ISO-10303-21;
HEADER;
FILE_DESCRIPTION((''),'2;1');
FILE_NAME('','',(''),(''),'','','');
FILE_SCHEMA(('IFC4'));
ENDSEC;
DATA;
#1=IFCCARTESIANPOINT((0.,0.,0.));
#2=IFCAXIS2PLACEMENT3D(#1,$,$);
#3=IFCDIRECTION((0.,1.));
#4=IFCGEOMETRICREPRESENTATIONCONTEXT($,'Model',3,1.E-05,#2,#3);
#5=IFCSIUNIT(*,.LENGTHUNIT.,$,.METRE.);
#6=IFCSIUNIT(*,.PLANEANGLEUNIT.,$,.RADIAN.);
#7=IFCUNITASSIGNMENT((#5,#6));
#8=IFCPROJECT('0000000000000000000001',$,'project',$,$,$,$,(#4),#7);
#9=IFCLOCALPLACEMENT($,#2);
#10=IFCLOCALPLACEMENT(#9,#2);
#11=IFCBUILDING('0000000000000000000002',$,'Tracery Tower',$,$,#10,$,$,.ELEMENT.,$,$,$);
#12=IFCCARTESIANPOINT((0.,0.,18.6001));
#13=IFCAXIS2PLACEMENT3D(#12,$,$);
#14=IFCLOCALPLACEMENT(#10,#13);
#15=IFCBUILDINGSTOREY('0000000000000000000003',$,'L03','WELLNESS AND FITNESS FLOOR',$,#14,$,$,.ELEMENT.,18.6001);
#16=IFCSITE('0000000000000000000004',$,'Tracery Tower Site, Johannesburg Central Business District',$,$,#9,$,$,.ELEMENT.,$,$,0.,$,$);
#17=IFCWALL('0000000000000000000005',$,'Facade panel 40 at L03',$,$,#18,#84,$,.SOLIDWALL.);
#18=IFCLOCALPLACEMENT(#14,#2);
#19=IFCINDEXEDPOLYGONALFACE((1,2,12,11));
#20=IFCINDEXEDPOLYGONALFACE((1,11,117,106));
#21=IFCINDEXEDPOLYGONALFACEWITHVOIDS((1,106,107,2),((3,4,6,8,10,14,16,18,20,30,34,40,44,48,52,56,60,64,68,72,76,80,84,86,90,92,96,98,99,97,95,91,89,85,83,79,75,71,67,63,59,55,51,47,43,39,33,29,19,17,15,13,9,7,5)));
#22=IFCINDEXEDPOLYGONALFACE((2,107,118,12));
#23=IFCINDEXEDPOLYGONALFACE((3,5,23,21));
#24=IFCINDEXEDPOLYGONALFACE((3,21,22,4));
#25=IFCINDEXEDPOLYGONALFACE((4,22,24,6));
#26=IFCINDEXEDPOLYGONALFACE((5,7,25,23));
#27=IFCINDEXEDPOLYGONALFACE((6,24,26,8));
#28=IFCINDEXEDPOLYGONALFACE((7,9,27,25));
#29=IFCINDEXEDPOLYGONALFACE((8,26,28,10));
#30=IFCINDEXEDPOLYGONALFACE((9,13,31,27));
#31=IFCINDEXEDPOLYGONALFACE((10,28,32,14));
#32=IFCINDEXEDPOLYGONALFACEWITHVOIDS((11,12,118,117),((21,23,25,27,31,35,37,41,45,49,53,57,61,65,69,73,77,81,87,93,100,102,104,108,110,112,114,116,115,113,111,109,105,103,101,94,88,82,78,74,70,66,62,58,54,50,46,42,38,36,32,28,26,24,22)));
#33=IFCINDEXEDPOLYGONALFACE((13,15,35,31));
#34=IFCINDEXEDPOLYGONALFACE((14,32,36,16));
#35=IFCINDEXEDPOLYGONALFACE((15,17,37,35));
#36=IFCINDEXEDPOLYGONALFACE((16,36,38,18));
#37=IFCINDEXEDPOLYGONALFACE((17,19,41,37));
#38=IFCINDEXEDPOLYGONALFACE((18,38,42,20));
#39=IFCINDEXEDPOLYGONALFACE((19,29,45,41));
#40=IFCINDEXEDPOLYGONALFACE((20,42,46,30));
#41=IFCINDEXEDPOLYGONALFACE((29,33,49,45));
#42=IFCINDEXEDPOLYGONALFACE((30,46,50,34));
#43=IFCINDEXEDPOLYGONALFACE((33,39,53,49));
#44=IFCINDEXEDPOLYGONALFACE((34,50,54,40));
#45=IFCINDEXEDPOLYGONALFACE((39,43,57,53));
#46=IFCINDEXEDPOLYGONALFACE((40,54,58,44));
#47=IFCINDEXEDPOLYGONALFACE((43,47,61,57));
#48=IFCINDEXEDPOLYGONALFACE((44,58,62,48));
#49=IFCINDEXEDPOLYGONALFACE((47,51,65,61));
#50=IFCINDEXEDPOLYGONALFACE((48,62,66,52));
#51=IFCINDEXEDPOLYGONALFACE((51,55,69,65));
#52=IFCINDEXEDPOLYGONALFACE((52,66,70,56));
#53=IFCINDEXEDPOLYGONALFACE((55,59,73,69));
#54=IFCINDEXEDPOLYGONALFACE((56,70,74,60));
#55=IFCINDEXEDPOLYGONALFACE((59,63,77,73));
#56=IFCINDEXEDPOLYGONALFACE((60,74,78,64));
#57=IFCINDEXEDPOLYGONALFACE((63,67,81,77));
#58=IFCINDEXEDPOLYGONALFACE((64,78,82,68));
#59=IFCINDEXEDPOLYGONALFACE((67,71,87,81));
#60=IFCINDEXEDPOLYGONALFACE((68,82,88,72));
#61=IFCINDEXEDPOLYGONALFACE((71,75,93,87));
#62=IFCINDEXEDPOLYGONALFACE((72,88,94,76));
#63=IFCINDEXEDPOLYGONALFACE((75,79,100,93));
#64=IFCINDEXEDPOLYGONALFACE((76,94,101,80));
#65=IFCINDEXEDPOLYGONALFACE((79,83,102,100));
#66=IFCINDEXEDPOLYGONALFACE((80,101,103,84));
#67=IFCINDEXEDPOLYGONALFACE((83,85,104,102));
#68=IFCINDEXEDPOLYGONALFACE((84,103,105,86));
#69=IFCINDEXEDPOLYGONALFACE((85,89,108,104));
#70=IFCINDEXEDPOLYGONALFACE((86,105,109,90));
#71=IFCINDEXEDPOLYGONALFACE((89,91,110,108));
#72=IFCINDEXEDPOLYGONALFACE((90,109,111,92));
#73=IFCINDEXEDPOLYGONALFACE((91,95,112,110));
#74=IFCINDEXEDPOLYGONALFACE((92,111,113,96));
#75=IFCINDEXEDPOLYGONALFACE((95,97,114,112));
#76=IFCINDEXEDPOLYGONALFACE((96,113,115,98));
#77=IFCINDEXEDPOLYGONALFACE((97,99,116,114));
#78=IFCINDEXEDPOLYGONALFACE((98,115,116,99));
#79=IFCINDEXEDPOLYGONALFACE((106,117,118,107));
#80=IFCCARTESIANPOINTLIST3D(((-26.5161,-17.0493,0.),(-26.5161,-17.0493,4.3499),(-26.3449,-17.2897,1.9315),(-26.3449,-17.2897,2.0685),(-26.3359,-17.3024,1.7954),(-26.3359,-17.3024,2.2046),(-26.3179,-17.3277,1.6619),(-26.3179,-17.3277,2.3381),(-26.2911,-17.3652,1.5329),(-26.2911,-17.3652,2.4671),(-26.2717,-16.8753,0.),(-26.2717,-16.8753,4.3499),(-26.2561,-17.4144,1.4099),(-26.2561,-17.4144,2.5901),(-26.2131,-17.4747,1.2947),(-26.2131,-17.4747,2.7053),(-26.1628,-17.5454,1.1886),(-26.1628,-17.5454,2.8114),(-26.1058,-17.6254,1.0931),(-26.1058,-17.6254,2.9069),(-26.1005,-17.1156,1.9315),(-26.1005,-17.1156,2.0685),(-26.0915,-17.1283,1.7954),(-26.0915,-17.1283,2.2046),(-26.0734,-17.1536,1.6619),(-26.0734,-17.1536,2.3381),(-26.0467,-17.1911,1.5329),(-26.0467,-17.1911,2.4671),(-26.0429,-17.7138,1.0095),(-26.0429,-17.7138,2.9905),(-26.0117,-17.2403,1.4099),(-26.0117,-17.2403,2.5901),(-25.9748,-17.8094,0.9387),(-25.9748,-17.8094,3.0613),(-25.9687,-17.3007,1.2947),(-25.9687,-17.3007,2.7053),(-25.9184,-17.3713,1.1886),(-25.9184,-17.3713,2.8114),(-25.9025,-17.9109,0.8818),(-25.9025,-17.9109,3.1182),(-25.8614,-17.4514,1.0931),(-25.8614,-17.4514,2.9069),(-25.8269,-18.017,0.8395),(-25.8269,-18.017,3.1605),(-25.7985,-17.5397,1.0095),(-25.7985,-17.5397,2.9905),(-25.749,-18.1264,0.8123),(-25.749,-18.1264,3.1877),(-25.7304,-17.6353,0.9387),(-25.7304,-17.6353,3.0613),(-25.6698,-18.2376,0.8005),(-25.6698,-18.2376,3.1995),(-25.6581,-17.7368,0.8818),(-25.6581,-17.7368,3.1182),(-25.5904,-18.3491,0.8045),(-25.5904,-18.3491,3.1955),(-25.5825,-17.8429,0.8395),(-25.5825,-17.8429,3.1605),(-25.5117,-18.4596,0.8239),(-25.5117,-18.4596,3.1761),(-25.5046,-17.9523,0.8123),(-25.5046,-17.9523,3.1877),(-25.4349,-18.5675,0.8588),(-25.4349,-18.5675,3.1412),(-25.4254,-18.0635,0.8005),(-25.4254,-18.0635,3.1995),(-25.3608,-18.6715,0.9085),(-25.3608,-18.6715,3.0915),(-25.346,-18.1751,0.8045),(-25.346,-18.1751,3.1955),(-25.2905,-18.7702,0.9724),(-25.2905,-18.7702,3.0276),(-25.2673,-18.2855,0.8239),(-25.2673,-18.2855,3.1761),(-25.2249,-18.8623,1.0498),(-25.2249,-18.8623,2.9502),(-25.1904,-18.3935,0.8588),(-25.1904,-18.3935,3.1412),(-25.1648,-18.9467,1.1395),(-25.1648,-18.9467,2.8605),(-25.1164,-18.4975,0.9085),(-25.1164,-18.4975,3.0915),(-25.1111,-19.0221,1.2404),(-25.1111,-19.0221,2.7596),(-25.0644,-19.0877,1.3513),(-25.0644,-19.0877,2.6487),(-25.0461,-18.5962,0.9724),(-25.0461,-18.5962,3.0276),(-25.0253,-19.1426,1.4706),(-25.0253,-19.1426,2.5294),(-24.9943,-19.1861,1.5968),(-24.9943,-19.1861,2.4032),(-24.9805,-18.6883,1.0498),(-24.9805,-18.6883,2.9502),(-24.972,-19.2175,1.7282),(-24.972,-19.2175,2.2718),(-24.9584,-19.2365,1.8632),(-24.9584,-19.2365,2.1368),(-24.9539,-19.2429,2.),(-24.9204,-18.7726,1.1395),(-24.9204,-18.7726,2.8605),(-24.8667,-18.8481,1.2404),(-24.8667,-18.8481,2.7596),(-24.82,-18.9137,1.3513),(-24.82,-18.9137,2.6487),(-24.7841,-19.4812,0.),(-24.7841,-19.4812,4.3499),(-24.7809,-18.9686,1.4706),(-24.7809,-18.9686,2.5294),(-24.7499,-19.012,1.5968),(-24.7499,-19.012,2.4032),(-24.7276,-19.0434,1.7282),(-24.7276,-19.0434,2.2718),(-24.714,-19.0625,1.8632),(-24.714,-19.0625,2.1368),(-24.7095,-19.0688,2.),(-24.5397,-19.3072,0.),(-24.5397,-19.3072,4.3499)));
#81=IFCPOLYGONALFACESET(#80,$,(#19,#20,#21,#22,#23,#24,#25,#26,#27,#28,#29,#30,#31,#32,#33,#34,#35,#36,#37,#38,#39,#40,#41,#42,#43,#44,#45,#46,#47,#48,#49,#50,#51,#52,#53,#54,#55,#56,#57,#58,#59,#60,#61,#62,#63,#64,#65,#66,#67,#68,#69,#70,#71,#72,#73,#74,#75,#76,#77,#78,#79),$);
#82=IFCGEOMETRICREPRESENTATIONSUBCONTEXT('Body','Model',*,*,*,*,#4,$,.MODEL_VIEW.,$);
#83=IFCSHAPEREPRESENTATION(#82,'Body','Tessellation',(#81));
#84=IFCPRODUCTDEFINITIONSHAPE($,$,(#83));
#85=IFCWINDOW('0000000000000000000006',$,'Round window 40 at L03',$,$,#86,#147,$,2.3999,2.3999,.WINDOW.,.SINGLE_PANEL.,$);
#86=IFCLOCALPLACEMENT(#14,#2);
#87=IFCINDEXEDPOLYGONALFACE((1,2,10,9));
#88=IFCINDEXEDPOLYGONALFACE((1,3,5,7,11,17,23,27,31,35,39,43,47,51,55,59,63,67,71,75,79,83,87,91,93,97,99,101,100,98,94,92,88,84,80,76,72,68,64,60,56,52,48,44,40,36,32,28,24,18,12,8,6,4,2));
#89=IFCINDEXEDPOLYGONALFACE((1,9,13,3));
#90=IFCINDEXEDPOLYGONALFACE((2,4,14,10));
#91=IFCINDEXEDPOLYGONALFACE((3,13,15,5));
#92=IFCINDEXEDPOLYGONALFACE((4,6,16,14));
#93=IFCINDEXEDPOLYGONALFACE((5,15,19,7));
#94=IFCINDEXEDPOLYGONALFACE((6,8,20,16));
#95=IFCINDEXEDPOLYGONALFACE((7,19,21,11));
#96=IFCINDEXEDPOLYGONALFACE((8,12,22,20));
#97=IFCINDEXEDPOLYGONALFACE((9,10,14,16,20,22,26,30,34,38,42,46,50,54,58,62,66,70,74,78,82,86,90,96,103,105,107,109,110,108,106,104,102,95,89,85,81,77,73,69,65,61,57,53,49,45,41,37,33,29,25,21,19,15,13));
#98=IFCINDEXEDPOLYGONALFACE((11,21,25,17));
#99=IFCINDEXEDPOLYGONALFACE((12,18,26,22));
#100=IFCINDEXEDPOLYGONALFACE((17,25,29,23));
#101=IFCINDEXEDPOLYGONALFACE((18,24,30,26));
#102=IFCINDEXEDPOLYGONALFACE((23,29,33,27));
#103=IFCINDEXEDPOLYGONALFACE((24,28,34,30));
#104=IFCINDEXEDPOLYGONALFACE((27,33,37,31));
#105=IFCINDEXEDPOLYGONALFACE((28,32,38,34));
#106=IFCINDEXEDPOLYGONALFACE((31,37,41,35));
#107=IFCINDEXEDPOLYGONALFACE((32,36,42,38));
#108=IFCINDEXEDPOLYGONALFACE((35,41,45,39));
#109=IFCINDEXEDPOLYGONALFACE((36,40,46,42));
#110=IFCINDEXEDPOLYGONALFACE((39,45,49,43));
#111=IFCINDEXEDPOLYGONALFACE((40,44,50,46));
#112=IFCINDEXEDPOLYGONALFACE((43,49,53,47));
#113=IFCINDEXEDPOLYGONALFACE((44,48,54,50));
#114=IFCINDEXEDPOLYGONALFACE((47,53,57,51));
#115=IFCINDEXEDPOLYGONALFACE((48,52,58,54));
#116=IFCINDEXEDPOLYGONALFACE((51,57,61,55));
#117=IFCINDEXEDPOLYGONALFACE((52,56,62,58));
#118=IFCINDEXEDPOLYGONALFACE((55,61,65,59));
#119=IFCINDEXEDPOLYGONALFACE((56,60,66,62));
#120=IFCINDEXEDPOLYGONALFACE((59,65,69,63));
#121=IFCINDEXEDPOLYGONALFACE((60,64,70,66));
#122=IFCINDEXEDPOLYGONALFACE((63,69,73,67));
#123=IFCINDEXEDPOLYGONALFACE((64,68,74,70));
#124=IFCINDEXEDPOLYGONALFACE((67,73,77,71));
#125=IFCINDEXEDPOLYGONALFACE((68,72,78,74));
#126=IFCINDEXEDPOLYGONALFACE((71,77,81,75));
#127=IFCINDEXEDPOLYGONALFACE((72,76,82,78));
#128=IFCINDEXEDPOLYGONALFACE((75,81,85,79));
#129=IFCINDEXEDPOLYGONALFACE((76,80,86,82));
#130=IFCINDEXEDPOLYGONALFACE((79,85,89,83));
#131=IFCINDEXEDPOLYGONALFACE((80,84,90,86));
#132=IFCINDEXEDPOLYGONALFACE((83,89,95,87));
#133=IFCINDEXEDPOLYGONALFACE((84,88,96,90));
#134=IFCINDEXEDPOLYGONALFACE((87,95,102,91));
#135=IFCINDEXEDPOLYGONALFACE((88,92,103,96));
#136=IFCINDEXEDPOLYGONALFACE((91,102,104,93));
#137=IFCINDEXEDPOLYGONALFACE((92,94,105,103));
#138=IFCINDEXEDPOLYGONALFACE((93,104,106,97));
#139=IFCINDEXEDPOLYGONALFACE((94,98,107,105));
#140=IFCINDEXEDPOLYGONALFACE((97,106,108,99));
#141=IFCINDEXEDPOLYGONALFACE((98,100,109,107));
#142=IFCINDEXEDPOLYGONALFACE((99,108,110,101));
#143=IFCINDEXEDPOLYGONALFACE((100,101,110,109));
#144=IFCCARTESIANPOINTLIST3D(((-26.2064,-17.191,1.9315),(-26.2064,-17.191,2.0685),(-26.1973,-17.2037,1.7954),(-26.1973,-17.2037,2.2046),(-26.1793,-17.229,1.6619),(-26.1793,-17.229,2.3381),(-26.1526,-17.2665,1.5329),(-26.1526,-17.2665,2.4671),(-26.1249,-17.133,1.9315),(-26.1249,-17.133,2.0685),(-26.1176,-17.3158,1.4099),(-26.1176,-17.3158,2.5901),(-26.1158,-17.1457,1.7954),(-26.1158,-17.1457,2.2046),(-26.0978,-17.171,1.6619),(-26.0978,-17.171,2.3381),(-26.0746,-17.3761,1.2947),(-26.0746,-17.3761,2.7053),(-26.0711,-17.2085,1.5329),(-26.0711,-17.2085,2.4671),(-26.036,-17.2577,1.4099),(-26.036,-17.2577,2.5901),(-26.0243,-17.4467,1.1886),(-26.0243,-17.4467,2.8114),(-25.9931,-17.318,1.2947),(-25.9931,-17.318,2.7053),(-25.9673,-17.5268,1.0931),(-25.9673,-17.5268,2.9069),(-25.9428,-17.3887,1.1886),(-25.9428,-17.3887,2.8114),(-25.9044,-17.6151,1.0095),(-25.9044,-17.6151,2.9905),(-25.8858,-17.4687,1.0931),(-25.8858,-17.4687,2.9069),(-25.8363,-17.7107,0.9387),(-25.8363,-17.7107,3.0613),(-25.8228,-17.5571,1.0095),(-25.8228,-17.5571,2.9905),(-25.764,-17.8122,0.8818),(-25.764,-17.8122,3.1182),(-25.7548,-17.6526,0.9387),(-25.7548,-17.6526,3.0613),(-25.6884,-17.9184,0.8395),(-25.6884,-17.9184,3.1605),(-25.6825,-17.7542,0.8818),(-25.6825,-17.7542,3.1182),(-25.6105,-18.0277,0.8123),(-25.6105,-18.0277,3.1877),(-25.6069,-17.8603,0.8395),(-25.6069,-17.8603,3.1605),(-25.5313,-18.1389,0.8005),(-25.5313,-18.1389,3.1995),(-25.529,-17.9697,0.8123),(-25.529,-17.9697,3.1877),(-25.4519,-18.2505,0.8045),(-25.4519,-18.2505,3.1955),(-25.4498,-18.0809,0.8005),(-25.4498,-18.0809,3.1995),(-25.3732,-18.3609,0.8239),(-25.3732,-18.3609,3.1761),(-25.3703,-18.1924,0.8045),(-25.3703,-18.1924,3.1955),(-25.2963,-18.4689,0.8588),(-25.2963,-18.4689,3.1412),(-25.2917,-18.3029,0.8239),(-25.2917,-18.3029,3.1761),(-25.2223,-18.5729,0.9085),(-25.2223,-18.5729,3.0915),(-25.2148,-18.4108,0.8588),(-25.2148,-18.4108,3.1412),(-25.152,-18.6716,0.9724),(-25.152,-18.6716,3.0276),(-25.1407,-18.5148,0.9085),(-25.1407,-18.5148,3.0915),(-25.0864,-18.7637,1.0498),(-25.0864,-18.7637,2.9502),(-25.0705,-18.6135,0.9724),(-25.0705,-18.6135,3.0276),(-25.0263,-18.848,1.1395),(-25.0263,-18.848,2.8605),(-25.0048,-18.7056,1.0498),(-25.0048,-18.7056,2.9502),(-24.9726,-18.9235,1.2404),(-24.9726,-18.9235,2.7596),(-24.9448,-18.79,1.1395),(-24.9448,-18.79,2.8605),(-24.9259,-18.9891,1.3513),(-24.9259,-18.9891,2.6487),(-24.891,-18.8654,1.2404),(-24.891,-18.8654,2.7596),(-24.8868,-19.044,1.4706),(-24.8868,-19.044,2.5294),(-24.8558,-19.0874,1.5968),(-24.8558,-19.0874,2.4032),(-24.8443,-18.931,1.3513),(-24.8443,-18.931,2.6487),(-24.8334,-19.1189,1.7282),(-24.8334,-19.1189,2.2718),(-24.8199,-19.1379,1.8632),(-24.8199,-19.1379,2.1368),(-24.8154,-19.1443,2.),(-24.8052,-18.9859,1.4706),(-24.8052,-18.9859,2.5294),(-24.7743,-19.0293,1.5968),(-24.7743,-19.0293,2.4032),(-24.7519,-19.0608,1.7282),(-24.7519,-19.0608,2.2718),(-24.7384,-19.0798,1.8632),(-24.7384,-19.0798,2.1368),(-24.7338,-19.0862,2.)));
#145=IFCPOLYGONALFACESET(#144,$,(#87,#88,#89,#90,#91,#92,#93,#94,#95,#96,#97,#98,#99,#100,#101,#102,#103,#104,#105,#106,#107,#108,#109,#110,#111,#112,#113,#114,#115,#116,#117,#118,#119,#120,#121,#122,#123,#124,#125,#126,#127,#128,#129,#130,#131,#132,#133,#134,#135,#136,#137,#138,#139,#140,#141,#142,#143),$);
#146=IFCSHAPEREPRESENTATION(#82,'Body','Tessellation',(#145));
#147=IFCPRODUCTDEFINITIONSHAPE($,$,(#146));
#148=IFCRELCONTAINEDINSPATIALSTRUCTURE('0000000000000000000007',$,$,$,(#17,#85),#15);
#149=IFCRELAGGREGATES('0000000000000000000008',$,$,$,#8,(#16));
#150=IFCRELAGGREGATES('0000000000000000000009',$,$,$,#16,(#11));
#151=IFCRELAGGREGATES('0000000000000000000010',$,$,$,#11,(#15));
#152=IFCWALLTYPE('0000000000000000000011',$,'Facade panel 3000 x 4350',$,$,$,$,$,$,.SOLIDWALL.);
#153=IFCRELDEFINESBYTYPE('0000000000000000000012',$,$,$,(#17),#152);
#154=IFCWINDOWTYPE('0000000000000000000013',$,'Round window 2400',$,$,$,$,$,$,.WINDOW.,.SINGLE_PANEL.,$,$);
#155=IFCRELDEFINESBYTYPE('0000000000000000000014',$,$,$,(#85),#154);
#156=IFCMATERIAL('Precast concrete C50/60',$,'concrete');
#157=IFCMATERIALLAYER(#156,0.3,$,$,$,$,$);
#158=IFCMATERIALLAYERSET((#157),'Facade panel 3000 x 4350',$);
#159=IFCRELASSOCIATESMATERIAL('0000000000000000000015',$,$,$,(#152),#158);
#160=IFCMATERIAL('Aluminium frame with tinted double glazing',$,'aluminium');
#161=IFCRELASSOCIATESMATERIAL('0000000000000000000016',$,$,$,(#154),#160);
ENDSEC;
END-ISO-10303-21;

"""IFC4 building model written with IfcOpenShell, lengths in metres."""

from ifc_helpers import new_model, si_unit, direction, frame, frame_2d, origin, origin_2d, place, context, subcontext, project, spatial, rectangle, circle, extrude, material, layer, layer_set, type_object, element, fill, save


model = new_model("IFC4")

# Units and contexts
model_context = context("Model", 3, precision=1e-05, world=origin(), true_north=direction((0.0, 1.0)))
body_context = subcontext(model_context, "Body", "Model", "MODEL_VIEW")
ifc_project = project(units=[si_unit("LENGTHUNIT", "METRE"), si_unit("PLANEANGLEUNIT", "RADIAN")], contexts=[model_context])

# Site, building, storey
site_placement = place(None, origin())
site = spatial("IfcSite", under=ifc_project, at=site_placement, Name="Tracery Tower Site, Johannesburg Central Business District", CompositionType="ELEMENT", RefElevation=0.0)
building_placement = place(site_placement, origin())
building = spatial("IfcBuilding", under=site, at=building_placement, Name="Tracery Tower", CompositionType="ELEMENT")
storey_placement = place(building_placement, frame((0.0, 0.0, 18.6001)))
storey = spatial("IfcBuildingStorey", under=building, at=storey_placement, Name="L03", Description="WELLNESS AND FITNESS FLOOR", CompositionType="ELEMENT", Elevation=18.6001)

# Wall, opening, window
ifc_material_1 = material(Name="Precast concrete C50/60", Category="concrete")
ifc_layer_1 = layer(ifc_material_1, 0.3)
ifc_layer_set_1 = layer_set([ifc_layer_1], Name="Facade panel 3000 x 4350")
wall_type_1 = type_object("IfcWallType", Name="Facade panel 3000 x 4350", PredefinedType="SOLIDWALL", material=ifc_layer_set_1)
ifc_material_2 = material(Name="Aluminium frame with tinted double glazing", Category="aluminium")
window_type = type_object("IfcWindowType", Name="Round window 2400", PartitioningType="SINGLE_PANEL", PredefinedType="WINDOW", material=ifc_material_2)
wall_1_placement = place(storey_placement, frame((-26.3938, -16.9624, 0.0), z_axis=(0.0, 0.0, 1.0), x_axis=(0.580101, -0.814545, 0.0)))
wall_1 = element("IfcWall", 1, at=wall_1_placement, inside=storey, type_object=wall_type_1, Name="Facade panel 40 at L03", PredefinedType="SOLIDWALL", context=body_context, shape_type="SweptSolid", body=[
    extrude(rectangle(XDim=2.9856, YDim=0.3, at=frame_2d((1.4927, 0.0))), origin(), (0.0, 0.0, 1.0), 4.3499),
])
opening_1_placement = place(wall_1_placement, frame((1.4929, 0.0, 2.0)))
opening_1 = element("IfcOpeningElement", 2, at=opening_1_placement, cuts=wall_1, PredefinedType="OPENING", context=body_context, shape_type="SweptSolid", body=[
    extrude(circle(Radius=1.2, at=origin_2d()), frame((0.0, 0.1599, 0.0), z_axis=(0.0, -1.0, 0.0), x_axis=(1.0, 0.0, 0.0)), (0.0, 0.0, 1.0), 0.3201),
])
window_1_placement = place(opening_1_placement, origin())
window_1 = element("IfcWindow", 3, at=window_1_placement, inside=storey, type_object=window_type, Name="Round window 40 at L03", OverallHeight=2.3999, OverallWidth=2.3999, PartitioningType="SINGLE_PANEL", PredefinedType="WINDOW", context=body_context, shape_type="SweptSolid", body=[
    extrude(circle(Radius=1.2, at=origin_2d()), frame((0.0, 0.1201, 0.0), z_axis=(0.0, -1.0, 0.0), x_axis=(1.0, 0.0, 0.0)), (0.0, 0.0, 1.0), 0.1001),
])
fill(opening_1, window_1)

save(model, "model.ifc")
